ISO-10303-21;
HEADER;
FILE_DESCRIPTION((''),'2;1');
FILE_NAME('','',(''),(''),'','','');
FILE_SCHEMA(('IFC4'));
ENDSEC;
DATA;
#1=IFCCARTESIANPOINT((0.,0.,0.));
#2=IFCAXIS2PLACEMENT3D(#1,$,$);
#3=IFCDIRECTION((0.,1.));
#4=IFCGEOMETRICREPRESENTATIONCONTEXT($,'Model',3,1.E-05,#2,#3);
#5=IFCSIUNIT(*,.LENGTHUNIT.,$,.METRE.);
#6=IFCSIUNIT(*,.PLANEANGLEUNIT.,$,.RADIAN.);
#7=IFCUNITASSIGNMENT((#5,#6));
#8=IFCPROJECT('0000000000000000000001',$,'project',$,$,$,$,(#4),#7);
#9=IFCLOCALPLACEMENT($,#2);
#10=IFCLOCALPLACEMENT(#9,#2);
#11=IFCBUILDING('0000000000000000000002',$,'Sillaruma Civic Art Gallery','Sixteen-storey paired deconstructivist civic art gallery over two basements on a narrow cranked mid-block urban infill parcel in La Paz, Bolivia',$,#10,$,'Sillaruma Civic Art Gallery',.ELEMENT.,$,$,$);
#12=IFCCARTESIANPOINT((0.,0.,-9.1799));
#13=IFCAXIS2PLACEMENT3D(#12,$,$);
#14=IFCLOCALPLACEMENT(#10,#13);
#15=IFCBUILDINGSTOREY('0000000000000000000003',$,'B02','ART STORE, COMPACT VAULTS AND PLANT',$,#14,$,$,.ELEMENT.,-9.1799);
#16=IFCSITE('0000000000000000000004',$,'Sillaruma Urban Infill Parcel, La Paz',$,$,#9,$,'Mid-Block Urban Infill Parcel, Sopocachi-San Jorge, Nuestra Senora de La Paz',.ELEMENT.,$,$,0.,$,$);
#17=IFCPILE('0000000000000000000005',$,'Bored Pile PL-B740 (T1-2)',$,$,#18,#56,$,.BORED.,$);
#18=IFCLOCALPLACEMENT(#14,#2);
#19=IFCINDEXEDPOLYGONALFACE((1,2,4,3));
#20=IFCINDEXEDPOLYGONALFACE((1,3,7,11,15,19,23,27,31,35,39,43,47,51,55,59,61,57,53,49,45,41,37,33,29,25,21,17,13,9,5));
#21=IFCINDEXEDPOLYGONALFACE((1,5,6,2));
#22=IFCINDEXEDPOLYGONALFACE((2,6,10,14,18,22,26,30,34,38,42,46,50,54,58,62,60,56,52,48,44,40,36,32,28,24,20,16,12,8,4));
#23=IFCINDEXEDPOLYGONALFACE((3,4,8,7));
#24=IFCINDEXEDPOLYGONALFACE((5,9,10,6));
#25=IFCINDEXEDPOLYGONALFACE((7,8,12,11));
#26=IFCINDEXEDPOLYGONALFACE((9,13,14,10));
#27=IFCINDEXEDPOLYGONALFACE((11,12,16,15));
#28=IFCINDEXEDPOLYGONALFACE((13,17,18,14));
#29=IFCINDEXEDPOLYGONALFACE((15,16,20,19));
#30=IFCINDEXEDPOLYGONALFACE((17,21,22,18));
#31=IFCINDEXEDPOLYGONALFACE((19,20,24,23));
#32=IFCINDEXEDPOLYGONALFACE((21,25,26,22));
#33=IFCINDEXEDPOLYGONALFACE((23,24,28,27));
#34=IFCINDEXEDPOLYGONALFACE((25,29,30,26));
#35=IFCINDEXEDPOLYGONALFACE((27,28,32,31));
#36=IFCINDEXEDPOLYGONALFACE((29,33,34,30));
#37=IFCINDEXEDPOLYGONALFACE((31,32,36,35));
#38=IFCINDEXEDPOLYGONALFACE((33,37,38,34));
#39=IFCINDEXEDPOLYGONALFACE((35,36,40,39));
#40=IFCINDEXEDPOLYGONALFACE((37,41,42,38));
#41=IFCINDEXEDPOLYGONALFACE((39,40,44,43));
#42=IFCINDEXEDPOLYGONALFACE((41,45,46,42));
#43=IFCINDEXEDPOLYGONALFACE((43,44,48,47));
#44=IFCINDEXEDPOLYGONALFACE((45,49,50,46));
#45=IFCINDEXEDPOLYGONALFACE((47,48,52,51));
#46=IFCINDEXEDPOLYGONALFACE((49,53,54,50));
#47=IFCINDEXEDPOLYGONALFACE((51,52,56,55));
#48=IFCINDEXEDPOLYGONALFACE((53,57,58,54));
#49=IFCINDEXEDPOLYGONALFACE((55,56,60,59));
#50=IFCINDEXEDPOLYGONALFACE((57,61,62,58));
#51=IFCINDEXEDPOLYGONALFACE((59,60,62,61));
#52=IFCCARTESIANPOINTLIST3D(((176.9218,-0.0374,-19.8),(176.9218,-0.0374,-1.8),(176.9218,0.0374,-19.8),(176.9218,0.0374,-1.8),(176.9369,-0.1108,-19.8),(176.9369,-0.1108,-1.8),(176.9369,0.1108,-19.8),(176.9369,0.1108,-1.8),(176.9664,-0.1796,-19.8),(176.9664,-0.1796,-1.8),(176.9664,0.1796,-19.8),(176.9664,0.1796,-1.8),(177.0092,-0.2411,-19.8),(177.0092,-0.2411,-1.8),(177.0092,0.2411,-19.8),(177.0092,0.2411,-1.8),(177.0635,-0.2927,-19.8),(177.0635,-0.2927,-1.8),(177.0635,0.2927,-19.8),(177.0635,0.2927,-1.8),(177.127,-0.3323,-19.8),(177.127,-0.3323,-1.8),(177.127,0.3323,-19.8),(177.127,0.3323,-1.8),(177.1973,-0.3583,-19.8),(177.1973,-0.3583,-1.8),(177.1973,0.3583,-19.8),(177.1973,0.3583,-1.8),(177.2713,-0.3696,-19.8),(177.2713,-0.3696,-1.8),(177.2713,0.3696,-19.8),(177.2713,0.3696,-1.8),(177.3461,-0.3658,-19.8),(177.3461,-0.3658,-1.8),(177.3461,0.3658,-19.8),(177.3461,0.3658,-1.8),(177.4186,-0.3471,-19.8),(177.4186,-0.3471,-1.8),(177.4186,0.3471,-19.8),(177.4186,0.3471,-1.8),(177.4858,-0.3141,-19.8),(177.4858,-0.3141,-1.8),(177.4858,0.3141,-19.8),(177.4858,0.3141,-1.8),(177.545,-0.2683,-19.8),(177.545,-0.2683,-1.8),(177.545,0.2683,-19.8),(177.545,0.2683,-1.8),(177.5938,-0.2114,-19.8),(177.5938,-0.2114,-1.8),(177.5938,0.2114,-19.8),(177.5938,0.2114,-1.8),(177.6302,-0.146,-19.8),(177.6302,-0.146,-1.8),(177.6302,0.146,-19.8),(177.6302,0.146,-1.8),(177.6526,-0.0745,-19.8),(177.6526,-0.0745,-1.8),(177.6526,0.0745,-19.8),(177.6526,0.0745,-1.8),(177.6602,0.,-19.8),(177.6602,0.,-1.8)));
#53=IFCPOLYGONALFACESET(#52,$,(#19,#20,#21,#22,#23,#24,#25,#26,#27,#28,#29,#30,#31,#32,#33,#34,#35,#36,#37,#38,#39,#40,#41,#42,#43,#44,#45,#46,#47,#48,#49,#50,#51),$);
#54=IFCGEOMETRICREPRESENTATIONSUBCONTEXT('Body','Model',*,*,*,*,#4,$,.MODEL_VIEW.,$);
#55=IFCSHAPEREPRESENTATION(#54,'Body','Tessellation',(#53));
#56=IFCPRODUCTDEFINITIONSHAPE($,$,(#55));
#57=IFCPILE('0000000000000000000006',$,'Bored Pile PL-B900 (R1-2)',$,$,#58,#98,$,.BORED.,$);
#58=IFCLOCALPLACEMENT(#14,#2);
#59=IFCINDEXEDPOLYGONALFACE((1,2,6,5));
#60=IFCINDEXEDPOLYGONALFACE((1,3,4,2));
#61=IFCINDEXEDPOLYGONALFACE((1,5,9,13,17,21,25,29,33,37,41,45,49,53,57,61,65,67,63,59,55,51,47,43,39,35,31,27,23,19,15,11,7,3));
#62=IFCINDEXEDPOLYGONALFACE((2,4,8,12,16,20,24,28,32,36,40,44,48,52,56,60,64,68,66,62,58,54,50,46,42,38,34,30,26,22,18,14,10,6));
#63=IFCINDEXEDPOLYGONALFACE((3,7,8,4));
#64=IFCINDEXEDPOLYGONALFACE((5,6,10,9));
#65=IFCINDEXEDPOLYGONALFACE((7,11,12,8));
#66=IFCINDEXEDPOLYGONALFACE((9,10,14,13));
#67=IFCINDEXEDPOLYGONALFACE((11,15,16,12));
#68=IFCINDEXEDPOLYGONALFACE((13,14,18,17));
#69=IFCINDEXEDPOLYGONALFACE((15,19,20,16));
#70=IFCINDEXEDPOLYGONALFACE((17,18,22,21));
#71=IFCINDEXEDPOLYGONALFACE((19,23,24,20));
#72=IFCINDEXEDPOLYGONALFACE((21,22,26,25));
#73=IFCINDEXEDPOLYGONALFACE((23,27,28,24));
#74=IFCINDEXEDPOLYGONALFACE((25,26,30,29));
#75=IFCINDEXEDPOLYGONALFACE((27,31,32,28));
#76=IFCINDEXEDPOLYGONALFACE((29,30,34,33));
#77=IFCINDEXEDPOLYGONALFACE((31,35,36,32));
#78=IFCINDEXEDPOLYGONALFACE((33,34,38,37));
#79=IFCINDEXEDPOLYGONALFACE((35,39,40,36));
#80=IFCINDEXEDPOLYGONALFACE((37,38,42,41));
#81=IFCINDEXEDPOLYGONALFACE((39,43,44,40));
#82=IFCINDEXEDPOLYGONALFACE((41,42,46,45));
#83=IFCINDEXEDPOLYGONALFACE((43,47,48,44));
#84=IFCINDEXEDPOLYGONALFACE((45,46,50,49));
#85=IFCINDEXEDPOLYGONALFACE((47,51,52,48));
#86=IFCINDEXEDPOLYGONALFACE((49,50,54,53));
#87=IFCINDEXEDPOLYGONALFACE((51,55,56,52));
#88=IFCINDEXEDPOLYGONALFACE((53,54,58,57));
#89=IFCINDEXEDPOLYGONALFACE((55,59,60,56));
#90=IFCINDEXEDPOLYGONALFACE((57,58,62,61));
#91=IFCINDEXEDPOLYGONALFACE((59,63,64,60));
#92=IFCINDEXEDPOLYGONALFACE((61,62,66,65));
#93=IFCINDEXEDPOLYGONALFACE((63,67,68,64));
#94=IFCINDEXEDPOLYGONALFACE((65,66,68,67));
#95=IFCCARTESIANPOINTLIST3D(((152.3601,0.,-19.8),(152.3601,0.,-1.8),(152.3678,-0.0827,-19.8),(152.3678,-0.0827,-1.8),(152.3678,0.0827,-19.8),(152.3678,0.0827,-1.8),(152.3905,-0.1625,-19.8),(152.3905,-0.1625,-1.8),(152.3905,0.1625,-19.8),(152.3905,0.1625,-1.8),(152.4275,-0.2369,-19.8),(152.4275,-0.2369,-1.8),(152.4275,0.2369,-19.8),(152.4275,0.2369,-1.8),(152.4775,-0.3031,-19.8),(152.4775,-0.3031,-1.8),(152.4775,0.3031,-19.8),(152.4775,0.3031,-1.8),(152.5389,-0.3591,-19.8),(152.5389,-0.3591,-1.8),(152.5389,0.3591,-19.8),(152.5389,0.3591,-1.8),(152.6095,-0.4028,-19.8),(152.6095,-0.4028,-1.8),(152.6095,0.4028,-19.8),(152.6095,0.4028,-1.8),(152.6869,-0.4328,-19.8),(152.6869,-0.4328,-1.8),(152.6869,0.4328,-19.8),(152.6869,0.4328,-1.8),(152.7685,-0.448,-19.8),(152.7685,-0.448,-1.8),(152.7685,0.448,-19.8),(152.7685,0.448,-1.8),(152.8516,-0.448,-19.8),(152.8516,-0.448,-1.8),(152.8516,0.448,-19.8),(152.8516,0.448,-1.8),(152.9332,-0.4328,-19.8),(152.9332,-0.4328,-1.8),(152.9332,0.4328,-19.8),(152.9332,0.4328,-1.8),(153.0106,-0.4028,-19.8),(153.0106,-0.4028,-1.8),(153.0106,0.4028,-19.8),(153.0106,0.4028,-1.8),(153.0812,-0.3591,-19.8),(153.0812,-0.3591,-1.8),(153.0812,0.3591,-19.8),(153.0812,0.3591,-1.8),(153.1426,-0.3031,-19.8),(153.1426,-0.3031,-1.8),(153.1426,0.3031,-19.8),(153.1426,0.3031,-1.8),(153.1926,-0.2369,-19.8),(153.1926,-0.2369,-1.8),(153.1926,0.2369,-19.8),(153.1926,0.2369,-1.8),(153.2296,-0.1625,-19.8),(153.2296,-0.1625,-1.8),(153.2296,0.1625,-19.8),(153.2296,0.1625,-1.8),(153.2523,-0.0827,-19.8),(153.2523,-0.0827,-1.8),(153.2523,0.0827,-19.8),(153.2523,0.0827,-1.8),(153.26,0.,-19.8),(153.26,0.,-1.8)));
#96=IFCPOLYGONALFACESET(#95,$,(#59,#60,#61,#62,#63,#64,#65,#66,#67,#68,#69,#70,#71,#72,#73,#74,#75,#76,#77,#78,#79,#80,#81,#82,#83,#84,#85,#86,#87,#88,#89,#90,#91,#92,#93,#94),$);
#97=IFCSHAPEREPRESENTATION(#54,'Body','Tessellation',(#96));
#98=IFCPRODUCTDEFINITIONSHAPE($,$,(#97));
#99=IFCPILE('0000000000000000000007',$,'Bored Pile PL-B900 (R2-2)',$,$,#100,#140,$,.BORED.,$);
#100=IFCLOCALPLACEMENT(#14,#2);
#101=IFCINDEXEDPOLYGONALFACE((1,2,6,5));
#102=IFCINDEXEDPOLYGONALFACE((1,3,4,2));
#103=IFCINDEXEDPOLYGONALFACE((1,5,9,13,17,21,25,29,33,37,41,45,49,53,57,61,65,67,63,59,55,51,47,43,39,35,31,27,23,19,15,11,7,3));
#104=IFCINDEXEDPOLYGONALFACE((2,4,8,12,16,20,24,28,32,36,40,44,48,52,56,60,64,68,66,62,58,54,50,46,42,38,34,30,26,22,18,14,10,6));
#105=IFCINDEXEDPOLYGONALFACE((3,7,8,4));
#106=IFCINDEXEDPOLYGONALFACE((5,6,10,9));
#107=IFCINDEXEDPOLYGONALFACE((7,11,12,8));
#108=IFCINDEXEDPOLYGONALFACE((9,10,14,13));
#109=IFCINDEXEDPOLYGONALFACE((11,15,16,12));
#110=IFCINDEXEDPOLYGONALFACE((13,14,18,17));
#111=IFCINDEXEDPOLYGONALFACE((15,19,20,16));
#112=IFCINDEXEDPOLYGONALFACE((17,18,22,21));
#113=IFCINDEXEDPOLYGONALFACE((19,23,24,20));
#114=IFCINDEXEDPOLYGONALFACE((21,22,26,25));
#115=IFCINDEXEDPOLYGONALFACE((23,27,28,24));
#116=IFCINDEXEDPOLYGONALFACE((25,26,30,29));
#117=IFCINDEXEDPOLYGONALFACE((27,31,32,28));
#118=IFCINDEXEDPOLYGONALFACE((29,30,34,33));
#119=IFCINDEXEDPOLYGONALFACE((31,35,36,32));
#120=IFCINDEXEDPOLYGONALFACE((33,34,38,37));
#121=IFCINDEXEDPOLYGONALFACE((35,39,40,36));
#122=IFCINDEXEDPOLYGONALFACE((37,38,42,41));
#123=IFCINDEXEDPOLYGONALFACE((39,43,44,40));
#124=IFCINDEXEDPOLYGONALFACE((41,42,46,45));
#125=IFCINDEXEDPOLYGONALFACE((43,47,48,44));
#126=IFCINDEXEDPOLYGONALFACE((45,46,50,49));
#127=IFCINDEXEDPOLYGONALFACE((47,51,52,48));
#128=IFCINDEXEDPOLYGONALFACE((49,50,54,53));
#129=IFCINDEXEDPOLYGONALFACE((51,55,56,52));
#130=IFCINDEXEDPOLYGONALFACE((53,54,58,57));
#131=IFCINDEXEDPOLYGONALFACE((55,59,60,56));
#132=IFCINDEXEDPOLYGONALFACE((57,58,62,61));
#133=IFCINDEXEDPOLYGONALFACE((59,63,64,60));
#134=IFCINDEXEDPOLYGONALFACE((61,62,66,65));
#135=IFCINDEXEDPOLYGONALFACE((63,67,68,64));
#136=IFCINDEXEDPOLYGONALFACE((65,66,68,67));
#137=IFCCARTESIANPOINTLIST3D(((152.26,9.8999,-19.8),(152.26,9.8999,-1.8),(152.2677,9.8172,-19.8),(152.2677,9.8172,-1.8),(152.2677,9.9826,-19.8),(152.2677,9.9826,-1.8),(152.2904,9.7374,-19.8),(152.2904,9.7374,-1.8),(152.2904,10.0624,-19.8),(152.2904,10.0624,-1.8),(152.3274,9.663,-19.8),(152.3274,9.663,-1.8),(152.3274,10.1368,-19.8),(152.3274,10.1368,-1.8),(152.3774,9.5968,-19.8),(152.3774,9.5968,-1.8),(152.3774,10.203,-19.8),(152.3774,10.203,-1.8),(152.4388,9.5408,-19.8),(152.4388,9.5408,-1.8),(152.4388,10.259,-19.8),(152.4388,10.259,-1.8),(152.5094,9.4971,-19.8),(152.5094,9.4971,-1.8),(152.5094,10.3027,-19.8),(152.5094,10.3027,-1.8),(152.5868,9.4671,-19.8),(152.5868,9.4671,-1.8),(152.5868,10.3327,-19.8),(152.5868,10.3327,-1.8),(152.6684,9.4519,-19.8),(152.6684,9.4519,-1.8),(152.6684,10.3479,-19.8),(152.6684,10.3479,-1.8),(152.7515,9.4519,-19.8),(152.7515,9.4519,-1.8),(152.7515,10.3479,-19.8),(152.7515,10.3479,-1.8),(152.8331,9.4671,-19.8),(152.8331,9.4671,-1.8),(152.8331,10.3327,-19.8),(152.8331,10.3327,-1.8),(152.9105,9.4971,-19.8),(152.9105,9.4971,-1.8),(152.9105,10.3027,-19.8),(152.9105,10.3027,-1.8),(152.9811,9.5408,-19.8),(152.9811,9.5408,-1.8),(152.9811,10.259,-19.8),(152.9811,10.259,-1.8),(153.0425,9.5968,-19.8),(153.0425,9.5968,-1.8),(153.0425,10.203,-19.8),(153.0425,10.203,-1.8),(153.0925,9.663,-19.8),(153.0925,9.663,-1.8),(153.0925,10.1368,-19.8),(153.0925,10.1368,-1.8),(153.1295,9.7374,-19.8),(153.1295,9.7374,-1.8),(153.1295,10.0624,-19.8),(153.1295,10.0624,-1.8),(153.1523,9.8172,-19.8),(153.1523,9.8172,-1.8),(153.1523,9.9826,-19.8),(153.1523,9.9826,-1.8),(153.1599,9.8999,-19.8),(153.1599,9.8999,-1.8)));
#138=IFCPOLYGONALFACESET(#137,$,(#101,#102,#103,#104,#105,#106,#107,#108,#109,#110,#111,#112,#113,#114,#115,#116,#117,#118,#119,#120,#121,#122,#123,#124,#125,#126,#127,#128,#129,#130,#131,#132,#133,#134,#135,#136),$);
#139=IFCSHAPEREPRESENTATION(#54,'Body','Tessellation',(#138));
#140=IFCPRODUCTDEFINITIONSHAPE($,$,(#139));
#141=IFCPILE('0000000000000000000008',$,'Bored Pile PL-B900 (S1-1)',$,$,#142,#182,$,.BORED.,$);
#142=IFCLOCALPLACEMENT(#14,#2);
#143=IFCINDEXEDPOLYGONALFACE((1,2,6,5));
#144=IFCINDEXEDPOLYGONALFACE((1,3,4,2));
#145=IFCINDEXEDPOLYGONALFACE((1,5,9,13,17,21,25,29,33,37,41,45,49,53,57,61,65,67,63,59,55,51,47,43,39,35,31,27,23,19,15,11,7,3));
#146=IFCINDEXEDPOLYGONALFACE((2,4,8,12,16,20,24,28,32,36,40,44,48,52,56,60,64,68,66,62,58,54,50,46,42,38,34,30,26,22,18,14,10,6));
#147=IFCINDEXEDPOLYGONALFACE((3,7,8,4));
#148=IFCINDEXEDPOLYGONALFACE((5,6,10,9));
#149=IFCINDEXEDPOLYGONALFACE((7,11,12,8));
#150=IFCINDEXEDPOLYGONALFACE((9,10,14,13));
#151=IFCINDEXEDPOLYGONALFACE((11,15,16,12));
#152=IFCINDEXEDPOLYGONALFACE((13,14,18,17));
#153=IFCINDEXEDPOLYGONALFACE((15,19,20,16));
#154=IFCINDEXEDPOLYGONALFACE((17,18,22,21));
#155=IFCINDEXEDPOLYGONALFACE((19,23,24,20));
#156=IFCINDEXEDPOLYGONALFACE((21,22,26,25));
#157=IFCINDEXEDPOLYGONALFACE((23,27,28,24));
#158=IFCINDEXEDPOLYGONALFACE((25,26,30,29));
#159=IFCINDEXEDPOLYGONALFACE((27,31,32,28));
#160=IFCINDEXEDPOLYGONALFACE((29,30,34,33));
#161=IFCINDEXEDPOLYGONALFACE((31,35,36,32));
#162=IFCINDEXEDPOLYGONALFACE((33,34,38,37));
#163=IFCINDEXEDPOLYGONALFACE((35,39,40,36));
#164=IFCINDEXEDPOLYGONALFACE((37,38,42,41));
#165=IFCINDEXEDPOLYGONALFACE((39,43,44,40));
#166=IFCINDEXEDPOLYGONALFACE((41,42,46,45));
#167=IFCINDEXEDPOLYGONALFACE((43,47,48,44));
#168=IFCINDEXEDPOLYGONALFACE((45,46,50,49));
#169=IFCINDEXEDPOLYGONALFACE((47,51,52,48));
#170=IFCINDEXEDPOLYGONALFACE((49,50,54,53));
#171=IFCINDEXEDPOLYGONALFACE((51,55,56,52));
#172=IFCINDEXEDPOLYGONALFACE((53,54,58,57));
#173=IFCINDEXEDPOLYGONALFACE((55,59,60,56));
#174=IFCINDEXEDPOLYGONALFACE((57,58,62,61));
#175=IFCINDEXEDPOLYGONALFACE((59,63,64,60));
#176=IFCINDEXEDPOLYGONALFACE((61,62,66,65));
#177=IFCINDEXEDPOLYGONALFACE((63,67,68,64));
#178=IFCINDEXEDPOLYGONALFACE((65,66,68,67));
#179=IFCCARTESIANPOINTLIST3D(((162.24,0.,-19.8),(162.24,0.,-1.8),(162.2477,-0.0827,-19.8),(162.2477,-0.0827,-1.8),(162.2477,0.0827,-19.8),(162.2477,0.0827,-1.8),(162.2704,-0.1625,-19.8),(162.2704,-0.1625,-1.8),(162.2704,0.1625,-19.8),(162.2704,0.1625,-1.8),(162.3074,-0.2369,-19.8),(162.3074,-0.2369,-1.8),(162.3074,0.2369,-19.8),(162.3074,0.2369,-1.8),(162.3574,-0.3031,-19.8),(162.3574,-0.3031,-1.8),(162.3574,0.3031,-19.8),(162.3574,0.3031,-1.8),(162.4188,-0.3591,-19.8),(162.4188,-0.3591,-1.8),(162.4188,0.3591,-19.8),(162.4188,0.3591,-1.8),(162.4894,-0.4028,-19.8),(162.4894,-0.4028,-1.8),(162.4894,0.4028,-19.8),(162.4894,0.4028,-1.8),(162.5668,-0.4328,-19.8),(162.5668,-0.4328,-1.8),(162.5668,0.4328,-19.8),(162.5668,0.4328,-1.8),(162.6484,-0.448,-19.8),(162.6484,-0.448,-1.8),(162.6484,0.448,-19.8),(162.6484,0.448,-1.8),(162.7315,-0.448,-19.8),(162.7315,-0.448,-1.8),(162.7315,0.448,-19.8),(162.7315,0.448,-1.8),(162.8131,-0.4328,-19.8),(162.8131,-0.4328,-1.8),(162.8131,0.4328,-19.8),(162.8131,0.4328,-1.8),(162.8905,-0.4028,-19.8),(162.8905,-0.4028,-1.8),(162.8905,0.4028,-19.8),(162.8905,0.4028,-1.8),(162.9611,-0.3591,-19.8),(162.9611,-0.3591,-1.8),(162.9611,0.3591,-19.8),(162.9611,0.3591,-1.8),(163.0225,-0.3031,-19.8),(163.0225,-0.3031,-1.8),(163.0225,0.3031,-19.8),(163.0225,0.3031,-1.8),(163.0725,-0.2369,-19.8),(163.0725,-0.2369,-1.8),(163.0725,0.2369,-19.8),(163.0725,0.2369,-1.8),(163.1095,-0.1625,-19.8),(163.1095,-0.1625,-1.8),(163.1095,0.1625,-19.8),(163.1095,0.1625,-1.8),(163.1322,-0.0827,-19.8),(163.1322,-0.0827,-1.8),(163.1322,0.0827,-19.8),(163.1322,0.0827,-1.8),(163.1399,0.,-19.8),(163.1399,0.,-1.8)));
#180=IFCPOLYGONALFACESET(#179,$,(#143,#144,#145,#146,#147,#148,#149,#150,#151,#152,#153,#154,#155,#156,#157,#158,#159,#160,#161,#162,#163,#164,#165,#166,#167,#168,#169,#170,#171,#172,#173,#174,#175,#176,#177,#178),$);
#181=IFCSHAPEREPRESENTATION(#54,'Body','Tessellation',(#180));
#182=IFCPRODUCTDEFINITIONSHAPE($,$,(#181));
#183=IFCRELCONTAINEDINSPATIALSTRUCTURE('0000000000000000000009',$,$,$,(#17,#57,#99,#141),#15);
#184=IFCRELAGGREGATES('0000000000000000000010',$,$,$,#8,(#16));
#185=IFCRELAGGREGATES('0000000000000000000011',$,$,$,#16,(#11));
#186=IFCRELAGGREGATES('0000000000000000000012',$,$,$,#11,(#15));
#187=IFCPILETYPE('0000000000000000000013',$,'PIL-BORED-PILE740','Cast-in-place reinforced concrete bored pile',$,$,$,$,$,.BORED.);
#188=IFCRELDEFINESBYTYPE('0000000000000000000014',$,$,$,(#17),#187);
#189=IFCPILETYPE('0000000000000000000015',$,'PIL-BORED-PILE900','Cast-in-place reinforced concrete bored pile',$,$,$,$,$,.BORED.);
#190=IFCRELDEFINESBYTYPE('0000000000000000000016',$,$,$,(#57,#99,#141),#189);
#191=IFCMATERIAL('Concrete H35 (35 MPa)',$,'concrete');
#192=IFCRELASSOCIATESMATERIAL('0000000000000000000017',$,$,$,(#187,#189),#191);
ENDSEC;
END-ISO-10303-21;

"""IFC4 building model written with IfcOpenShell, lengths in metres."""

from ifc_helpers import new_model, si_unit, direction, frame, origin, origin_2d, place, context, subcontext, project, spatial, circle, extrude, material, material_profile, profile_set, type_object, element, save


model = new_model("IFC4")

# Units and contexts
model_context = context("Model", 3, precision=1e-05, world=origin(), true_north=direction((0.0, 1.0)))
body_context = subcontext(model_context, "Body", "Model", "MODEL_VIEW")
ifc_project = project(units=[si_unit("LENGTHUNIT", "METRE"), si_unit("PLANEANGLEUNIT", "RADIAN")], contexts=[model_context])

# Site, building, storey
site_placement = place(None, origin())
site = spatial("IfcSite", under=ifc_project, at=site_placement, Name="Sillaruma Urban Infill Parcel, La Paz", LongName="Mid-Block Urban Infill Parcel, Sopocachi-San Jorge, Nuestra Senora de La Paz", CompositionType="ELEMENT", RefElevation=0.0)
building_placement = place(site_placement, origin())
building = spatial("IfcBuilding", under=site, at=building_placement, Name="Sillaruma Civic Art Gallery", Description="Sixteen-storey paired deconstructivist civic art gallery over two basements on a narrow cranked mid-block urban infill parcel in La Paz, Bolivia", LongName="Sillaruma Civic Art Gallery", CompositionType="ELEMENT")
storey_placement = place(building_placement, frame((0.0, 0.0, -9.1799)))
storey = spatial("IfcBuildingStorey", under=building, at=storey_placement, Name="B02", Description="ART STORE, COMPACT VAULTS AND PLANT", CompositionType="ELEMENT", Elevation=-9.1799)

# Shared definitions
ifc_material_1 = material(Name="Concrete H35 (35 MPa)", Category="concrete")

# Piles
ifc_material_profile_1 = material_profile(ifc_material_1, circle(Radius=0.3701, at=origin_2d()), Name="PILE740")
ifc_profile_set_1 = profile_set([ifc_material_profile_1], Name="Concrete H35 (35 MPa)")
pile_type_1 = type_object("IfcPileType", Name="PIL-BORED-PILE740", Description="Cast-in-place reinforced concrete bored pile", PredefinedType="BORED", material=ifc_profile_set_1)
for number, where, z_axis, x_axis, name in (
    (1, (177.29, 0.0, -1.8), (0.0, 0.0, -1.0), (1.0, 0.0, 0.0), "Bored Pile PL-B740 (T1-2)"),
):
    element("IfcPile", number, at=place(storey_placement, frame(where, z_axis=z_axis, x_axis=x_axis)), inside=storey, type_object=pile_type_1, Name=name, PredefinedType="BORED", context=body_context, shape_type="SweptSolid", body=[
        extrude(circle(Radius=0.3701, at=origin_2d()), origin(), (0.0, 0.0, 1.0), 18.0),
    ])
ifc_material_profile_2 = material_profile(ifc_material_1, circle(Radius=0.45, at=origin_2d()), Name="PILE900")
ifc_profile_set_2 = profile_set([ifc_material_profile_2], Name="Concrete H35 (35 MPa)")
pile_type_2 = type_object("IfcPileType", Name="PIL-BORED-PILE900", Description="Cast-in-place reinforced concrete bored pile", PredefinedType="BORED", material=ifc_profile_set_2)
for number, where, z_axis, x_axis, name in (
    (2, (152.8101, 0.0, -1.8), (0.0, 0.0, -1.0), (1.0, 0.0, 0.0), "Bored Pile PL-B900 (R1-2)"),
    (3, (152.71, 9.8999, -1.8), (0.0, 0.0, -1.0), (1.0, 0.0, 0.0), "Bored Pile PL-B900 (R2-2)"),
    (4, (162.6899, 0.0, -1.8), (0.0, 0.0, -1.0), (1.0, 0.0, 0.0), "Bored Pile PL-B900 (S1-1)"),
):
    element("IfcPile", number, at=place(storey_placement, frame(where, z_axis=z_axis, x_axis=x_axis)), inside=storey, type_object=pile_type_2, Name=name, PredefinedType="BORED", context=body_context, shape_type="SweptSolid", body=[
        extrude(circle(Radius=0.45, at=origin_2d()), origin(), (0.0, 0.0, 1.0), 18.0),
    ])

save(model, "model.ifc")
